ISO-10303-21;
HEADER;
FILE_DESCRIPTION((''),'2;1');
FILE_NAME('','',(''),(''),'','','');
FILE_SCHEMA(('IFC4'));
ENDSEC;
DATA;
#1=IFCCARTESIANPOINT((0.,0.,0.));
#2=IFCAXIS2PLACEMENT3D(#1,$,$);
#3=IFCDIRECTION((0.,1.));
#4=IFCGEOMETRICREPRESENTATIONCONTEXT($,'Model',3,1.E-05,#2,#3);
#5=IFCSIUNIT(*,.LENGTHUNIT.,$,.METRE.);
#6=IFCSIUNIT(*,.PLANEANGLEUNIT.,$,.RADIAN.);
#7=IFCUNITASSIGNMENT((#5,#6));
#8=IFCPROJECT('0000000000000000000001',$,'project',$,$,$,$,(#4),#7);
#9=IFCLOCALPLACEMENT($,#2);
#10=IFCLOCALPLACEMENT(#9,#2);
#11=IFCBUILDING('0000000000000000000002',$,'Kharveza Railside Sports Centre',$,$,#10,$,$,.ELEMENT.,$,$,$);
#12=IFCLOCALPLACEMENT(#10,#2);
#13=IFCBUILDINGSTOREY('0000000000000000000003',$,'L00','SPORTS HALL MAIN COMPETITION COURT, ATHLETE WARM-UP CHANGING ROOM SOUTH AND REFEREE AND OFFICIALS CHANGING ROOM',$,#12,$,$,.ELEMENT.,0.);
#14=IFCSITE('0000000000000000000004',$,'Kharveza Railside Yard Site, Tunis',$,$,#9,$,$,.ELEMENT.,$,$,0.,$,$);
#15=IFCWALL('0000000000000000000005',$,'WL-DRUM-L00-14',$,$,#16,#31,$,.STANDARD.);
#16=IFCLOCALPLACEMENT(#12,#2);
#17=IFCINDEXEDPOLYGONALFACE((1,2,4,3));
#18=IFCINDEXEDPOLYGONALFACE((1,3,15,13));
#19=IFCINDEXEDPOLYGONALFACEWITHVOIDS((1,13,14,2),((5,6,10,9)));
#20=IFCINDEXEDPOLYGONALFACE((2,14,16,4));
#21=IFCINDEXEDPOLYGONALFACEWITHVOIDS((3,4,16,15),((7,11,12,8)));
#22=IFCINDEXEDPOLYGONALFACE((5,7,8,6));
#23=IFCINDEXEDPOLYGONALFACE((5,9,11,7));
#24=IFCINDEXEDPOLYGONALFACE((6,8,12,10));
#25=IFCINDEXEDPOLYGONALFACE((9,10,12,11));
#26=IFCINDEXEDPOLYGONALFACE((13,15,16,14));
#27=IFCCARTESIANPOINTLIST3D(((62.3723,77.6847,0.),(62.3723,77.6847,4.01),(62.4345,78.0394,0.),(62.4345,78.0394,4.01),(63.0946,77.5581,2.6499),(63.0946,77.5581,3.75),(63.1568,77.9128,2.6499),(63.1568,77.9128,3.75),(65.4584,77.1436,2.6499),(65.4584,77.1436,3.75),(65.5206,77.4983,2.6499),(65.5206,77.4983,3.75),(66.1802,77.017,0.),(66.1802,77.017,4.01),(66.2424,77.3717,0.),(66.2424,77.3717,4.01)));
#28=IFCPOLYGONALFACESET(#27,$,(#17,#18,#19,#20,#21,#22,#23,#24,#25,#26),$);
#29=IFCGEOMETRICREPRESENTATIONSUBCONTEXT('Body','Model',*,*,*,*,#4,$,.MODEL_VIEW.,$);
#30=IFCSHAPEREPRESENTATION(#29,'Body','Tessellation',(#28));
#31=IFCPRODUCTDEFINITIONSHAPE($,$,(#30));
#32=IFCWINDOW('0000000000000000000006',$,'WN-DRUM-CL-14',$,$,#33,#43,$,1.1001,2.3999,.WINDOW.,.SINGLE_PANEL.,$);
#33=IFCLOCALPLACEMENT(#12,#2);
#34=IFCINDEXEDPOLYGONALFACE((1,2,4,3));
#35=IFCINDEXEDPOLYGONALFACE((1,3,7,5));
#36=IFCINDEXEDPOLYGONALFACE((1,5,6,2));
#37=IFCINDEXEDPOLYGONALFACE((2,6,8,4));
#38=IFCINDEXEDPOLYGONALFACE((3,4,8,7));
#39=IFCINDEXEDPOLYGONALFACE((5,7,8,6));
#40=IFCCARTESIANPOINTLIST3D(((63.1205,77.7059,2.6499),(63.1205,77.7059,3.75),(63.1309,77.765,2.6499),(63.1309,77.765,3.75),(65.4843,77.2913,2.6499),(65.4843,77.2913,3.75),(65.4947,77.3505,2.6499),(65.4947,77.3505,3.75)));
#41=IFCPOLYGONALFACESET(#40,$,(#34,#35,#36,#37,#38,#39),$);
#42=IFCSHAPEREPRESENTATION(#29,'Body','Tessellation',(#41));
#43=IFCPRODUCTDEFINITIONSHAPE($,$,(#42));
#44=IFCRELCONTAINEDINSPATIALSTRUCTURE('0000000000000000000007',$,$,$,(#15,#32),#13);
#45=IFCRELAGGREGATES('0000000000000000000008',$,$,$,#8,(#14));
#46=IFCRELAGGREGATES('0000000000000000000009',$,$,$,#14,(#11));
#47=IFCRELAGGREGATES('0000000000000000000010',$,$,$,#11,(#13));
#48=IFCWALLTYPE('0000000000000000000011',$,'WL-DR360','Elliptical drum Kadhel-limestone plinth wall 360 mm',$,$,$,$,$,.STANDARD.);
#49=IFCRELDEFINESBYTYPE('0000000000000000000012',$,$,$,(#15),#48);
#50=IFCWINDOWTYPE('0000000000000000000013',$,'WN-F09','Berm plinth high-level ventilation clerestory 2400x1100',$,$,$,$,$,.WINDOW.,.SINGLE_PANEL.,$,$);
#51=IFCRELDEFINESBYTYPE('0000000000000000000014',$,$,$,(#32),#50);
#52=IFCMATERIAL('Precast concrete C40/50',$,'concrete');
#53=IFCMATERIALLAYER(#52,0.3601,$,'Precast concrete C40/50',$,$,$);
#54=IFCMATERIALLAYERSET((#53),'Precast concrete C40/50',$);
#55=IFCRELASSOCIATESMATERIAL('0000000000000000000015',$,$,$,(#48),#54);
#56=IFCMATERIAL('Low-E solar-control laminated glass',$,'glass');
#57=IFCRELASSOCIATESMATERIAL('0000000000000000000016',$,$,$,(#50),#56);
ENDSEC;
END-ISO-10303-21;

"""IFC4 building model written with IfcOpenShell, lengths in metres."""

from ifc_helpers import new_model, si_unit, direction, frame, frame_2d, origin, place, context, subcontext, project, spatial, rectangle, extrude, material, layer, layer_set, type_object, element, fill, save


model = new_model("IFC4")

# Units and contexts
model_context = context("Model", 3, precision=1e-05, world=origin(), true_north=direction((0.0, 1.0)))
body_context = subcontext(model_context, "Body", "Model", "MODEL_VIEW")
ifc_project = project(units=[si_unit("LENGTHUNIT", "METRE"), si_unit("PLANEANGLEUNIT", "RADIAN")], contexts=[model_context])

# Site, building, storey
site_placement = place(None, origin())
site = spatial("IfcSite", under=ifc_project, at=site_placement, Name="Kharveza Railside Yard Site, Tunis", CompositionType="ELEMENT", RefElevation=0.0)
building_placement = place(site_placement, origin())
building = spatial("IfcBuilding", under=site, at=building_placement, Name="Kharveza Railside Sports Centre", CompositionType="ELEMENT")
storey_placement = place(building_placement, origin())
storey = spatial("IfcBuildingStorey", under=building, at=storey_placement, Name="L00", Description="SPORTS HALL MAIN COMPETITION COURT, ATHLETE WARM-UP CHANGING ROOM SOUTH AND REFEREE AND OFFICIALS CHANGING ROOM", CompositionType="ELEMENT", Elevation=0.0)

# Shared definitions
ifc_material_1 = material(Name="Precast concrete C40/50", Category="concrete")
ifc_layer = layer(ifc_material_1, 0.3601, Name="Precast concrete C40/50")
ifc_layer_set = layer_set([ifc_layer], Name="Precast concrete C40/50")
wall_type = type_object("IfcWallType", Name="WL-DR360", Description="Elliptical drum Kadhel-limestone plinth wall 360 mm", PredefinedType="STANDARD", material=ifc_layer_set)
ifc_material_2 = material(Name="Low-E solar-control laminated glass", Category="glass")
window_type = type_object("IfcWindowType", Name="WN-F09", Description="Berm plinth high-level ventilation clerestory 2400x1100", PartitioningType="SINGLE_PANEL", PredefinedType="WINDOW", material=ifc_material_2)

# Wall, opening, window
wall_1_placement = place(storey_placement, frame((66.2114, 77.1943, 0.0), z_axis=(0.0, 0.0, 1.0), x_axis=(-0.984971, 0.172719, 0.0)))
wall_1 = element("IfcWall", 1, at=wall_1_placement, inside=storey, type_object=wall_type, Name="WL-DRUM-L00-14", PredefinedType="STANDARD", context=body_context, shape_type="SweptSolid", body=[
    extrude(rectangle(XDim=3.866, YDim=0.3601, at=frame_2d((1.9331, 0.0))), origin(), (0.0, 0.0, 1.0), 4.01),
])
opening_1_placement = place(wall_1_placement, frame((0.7329, 0.0, 2.6499)))
opening_1 = element("IfcOpeningElement", 2, at=opening_1_placement, cuts=wall_1, PredefinedType="OPENING", context=body_context, shape_type="SweptSolid", body=[
    extrude(rectangle(XDim=2.3999, YDim=1.1001, at=frame_2d((1.2, 0.55))), frame((0.0, 0.2051, 0.0), z_axis=(0.0, -1.0, 0.0), x_axis=(1.0, 0.0, 0.0)), (0.0, 0.0, 1.0), 0.4099),
])
window_1_placement = place(opening_1_placement, origin())
window_1 = element("IfcWindow", 3, at=window_1_placement, inside=storey, type_object=window_type, Name="WN-DRUM-CL-14", OverallHeight=1.1001, OverallWidth=2.3999, PartitioningType="SINGLE_PANEL", PredefinedType="WINDOW", context=body_context, shape_type="SweptSolid", body=[
    extrude(rectangle(XDim=2.3999, YDim=1.1001, at=frame_2d((1.2, 0.55))), frame((0.0, 0.03, 0.0), z_axis=(0.0, -1.0, 0.0), x_axis=(1.0, 0.0, 0.0)), (0.0, 0.0, 1.0), 0.0601),
])
fill(opening_1, window_1)

save(model, "model.ifc")
